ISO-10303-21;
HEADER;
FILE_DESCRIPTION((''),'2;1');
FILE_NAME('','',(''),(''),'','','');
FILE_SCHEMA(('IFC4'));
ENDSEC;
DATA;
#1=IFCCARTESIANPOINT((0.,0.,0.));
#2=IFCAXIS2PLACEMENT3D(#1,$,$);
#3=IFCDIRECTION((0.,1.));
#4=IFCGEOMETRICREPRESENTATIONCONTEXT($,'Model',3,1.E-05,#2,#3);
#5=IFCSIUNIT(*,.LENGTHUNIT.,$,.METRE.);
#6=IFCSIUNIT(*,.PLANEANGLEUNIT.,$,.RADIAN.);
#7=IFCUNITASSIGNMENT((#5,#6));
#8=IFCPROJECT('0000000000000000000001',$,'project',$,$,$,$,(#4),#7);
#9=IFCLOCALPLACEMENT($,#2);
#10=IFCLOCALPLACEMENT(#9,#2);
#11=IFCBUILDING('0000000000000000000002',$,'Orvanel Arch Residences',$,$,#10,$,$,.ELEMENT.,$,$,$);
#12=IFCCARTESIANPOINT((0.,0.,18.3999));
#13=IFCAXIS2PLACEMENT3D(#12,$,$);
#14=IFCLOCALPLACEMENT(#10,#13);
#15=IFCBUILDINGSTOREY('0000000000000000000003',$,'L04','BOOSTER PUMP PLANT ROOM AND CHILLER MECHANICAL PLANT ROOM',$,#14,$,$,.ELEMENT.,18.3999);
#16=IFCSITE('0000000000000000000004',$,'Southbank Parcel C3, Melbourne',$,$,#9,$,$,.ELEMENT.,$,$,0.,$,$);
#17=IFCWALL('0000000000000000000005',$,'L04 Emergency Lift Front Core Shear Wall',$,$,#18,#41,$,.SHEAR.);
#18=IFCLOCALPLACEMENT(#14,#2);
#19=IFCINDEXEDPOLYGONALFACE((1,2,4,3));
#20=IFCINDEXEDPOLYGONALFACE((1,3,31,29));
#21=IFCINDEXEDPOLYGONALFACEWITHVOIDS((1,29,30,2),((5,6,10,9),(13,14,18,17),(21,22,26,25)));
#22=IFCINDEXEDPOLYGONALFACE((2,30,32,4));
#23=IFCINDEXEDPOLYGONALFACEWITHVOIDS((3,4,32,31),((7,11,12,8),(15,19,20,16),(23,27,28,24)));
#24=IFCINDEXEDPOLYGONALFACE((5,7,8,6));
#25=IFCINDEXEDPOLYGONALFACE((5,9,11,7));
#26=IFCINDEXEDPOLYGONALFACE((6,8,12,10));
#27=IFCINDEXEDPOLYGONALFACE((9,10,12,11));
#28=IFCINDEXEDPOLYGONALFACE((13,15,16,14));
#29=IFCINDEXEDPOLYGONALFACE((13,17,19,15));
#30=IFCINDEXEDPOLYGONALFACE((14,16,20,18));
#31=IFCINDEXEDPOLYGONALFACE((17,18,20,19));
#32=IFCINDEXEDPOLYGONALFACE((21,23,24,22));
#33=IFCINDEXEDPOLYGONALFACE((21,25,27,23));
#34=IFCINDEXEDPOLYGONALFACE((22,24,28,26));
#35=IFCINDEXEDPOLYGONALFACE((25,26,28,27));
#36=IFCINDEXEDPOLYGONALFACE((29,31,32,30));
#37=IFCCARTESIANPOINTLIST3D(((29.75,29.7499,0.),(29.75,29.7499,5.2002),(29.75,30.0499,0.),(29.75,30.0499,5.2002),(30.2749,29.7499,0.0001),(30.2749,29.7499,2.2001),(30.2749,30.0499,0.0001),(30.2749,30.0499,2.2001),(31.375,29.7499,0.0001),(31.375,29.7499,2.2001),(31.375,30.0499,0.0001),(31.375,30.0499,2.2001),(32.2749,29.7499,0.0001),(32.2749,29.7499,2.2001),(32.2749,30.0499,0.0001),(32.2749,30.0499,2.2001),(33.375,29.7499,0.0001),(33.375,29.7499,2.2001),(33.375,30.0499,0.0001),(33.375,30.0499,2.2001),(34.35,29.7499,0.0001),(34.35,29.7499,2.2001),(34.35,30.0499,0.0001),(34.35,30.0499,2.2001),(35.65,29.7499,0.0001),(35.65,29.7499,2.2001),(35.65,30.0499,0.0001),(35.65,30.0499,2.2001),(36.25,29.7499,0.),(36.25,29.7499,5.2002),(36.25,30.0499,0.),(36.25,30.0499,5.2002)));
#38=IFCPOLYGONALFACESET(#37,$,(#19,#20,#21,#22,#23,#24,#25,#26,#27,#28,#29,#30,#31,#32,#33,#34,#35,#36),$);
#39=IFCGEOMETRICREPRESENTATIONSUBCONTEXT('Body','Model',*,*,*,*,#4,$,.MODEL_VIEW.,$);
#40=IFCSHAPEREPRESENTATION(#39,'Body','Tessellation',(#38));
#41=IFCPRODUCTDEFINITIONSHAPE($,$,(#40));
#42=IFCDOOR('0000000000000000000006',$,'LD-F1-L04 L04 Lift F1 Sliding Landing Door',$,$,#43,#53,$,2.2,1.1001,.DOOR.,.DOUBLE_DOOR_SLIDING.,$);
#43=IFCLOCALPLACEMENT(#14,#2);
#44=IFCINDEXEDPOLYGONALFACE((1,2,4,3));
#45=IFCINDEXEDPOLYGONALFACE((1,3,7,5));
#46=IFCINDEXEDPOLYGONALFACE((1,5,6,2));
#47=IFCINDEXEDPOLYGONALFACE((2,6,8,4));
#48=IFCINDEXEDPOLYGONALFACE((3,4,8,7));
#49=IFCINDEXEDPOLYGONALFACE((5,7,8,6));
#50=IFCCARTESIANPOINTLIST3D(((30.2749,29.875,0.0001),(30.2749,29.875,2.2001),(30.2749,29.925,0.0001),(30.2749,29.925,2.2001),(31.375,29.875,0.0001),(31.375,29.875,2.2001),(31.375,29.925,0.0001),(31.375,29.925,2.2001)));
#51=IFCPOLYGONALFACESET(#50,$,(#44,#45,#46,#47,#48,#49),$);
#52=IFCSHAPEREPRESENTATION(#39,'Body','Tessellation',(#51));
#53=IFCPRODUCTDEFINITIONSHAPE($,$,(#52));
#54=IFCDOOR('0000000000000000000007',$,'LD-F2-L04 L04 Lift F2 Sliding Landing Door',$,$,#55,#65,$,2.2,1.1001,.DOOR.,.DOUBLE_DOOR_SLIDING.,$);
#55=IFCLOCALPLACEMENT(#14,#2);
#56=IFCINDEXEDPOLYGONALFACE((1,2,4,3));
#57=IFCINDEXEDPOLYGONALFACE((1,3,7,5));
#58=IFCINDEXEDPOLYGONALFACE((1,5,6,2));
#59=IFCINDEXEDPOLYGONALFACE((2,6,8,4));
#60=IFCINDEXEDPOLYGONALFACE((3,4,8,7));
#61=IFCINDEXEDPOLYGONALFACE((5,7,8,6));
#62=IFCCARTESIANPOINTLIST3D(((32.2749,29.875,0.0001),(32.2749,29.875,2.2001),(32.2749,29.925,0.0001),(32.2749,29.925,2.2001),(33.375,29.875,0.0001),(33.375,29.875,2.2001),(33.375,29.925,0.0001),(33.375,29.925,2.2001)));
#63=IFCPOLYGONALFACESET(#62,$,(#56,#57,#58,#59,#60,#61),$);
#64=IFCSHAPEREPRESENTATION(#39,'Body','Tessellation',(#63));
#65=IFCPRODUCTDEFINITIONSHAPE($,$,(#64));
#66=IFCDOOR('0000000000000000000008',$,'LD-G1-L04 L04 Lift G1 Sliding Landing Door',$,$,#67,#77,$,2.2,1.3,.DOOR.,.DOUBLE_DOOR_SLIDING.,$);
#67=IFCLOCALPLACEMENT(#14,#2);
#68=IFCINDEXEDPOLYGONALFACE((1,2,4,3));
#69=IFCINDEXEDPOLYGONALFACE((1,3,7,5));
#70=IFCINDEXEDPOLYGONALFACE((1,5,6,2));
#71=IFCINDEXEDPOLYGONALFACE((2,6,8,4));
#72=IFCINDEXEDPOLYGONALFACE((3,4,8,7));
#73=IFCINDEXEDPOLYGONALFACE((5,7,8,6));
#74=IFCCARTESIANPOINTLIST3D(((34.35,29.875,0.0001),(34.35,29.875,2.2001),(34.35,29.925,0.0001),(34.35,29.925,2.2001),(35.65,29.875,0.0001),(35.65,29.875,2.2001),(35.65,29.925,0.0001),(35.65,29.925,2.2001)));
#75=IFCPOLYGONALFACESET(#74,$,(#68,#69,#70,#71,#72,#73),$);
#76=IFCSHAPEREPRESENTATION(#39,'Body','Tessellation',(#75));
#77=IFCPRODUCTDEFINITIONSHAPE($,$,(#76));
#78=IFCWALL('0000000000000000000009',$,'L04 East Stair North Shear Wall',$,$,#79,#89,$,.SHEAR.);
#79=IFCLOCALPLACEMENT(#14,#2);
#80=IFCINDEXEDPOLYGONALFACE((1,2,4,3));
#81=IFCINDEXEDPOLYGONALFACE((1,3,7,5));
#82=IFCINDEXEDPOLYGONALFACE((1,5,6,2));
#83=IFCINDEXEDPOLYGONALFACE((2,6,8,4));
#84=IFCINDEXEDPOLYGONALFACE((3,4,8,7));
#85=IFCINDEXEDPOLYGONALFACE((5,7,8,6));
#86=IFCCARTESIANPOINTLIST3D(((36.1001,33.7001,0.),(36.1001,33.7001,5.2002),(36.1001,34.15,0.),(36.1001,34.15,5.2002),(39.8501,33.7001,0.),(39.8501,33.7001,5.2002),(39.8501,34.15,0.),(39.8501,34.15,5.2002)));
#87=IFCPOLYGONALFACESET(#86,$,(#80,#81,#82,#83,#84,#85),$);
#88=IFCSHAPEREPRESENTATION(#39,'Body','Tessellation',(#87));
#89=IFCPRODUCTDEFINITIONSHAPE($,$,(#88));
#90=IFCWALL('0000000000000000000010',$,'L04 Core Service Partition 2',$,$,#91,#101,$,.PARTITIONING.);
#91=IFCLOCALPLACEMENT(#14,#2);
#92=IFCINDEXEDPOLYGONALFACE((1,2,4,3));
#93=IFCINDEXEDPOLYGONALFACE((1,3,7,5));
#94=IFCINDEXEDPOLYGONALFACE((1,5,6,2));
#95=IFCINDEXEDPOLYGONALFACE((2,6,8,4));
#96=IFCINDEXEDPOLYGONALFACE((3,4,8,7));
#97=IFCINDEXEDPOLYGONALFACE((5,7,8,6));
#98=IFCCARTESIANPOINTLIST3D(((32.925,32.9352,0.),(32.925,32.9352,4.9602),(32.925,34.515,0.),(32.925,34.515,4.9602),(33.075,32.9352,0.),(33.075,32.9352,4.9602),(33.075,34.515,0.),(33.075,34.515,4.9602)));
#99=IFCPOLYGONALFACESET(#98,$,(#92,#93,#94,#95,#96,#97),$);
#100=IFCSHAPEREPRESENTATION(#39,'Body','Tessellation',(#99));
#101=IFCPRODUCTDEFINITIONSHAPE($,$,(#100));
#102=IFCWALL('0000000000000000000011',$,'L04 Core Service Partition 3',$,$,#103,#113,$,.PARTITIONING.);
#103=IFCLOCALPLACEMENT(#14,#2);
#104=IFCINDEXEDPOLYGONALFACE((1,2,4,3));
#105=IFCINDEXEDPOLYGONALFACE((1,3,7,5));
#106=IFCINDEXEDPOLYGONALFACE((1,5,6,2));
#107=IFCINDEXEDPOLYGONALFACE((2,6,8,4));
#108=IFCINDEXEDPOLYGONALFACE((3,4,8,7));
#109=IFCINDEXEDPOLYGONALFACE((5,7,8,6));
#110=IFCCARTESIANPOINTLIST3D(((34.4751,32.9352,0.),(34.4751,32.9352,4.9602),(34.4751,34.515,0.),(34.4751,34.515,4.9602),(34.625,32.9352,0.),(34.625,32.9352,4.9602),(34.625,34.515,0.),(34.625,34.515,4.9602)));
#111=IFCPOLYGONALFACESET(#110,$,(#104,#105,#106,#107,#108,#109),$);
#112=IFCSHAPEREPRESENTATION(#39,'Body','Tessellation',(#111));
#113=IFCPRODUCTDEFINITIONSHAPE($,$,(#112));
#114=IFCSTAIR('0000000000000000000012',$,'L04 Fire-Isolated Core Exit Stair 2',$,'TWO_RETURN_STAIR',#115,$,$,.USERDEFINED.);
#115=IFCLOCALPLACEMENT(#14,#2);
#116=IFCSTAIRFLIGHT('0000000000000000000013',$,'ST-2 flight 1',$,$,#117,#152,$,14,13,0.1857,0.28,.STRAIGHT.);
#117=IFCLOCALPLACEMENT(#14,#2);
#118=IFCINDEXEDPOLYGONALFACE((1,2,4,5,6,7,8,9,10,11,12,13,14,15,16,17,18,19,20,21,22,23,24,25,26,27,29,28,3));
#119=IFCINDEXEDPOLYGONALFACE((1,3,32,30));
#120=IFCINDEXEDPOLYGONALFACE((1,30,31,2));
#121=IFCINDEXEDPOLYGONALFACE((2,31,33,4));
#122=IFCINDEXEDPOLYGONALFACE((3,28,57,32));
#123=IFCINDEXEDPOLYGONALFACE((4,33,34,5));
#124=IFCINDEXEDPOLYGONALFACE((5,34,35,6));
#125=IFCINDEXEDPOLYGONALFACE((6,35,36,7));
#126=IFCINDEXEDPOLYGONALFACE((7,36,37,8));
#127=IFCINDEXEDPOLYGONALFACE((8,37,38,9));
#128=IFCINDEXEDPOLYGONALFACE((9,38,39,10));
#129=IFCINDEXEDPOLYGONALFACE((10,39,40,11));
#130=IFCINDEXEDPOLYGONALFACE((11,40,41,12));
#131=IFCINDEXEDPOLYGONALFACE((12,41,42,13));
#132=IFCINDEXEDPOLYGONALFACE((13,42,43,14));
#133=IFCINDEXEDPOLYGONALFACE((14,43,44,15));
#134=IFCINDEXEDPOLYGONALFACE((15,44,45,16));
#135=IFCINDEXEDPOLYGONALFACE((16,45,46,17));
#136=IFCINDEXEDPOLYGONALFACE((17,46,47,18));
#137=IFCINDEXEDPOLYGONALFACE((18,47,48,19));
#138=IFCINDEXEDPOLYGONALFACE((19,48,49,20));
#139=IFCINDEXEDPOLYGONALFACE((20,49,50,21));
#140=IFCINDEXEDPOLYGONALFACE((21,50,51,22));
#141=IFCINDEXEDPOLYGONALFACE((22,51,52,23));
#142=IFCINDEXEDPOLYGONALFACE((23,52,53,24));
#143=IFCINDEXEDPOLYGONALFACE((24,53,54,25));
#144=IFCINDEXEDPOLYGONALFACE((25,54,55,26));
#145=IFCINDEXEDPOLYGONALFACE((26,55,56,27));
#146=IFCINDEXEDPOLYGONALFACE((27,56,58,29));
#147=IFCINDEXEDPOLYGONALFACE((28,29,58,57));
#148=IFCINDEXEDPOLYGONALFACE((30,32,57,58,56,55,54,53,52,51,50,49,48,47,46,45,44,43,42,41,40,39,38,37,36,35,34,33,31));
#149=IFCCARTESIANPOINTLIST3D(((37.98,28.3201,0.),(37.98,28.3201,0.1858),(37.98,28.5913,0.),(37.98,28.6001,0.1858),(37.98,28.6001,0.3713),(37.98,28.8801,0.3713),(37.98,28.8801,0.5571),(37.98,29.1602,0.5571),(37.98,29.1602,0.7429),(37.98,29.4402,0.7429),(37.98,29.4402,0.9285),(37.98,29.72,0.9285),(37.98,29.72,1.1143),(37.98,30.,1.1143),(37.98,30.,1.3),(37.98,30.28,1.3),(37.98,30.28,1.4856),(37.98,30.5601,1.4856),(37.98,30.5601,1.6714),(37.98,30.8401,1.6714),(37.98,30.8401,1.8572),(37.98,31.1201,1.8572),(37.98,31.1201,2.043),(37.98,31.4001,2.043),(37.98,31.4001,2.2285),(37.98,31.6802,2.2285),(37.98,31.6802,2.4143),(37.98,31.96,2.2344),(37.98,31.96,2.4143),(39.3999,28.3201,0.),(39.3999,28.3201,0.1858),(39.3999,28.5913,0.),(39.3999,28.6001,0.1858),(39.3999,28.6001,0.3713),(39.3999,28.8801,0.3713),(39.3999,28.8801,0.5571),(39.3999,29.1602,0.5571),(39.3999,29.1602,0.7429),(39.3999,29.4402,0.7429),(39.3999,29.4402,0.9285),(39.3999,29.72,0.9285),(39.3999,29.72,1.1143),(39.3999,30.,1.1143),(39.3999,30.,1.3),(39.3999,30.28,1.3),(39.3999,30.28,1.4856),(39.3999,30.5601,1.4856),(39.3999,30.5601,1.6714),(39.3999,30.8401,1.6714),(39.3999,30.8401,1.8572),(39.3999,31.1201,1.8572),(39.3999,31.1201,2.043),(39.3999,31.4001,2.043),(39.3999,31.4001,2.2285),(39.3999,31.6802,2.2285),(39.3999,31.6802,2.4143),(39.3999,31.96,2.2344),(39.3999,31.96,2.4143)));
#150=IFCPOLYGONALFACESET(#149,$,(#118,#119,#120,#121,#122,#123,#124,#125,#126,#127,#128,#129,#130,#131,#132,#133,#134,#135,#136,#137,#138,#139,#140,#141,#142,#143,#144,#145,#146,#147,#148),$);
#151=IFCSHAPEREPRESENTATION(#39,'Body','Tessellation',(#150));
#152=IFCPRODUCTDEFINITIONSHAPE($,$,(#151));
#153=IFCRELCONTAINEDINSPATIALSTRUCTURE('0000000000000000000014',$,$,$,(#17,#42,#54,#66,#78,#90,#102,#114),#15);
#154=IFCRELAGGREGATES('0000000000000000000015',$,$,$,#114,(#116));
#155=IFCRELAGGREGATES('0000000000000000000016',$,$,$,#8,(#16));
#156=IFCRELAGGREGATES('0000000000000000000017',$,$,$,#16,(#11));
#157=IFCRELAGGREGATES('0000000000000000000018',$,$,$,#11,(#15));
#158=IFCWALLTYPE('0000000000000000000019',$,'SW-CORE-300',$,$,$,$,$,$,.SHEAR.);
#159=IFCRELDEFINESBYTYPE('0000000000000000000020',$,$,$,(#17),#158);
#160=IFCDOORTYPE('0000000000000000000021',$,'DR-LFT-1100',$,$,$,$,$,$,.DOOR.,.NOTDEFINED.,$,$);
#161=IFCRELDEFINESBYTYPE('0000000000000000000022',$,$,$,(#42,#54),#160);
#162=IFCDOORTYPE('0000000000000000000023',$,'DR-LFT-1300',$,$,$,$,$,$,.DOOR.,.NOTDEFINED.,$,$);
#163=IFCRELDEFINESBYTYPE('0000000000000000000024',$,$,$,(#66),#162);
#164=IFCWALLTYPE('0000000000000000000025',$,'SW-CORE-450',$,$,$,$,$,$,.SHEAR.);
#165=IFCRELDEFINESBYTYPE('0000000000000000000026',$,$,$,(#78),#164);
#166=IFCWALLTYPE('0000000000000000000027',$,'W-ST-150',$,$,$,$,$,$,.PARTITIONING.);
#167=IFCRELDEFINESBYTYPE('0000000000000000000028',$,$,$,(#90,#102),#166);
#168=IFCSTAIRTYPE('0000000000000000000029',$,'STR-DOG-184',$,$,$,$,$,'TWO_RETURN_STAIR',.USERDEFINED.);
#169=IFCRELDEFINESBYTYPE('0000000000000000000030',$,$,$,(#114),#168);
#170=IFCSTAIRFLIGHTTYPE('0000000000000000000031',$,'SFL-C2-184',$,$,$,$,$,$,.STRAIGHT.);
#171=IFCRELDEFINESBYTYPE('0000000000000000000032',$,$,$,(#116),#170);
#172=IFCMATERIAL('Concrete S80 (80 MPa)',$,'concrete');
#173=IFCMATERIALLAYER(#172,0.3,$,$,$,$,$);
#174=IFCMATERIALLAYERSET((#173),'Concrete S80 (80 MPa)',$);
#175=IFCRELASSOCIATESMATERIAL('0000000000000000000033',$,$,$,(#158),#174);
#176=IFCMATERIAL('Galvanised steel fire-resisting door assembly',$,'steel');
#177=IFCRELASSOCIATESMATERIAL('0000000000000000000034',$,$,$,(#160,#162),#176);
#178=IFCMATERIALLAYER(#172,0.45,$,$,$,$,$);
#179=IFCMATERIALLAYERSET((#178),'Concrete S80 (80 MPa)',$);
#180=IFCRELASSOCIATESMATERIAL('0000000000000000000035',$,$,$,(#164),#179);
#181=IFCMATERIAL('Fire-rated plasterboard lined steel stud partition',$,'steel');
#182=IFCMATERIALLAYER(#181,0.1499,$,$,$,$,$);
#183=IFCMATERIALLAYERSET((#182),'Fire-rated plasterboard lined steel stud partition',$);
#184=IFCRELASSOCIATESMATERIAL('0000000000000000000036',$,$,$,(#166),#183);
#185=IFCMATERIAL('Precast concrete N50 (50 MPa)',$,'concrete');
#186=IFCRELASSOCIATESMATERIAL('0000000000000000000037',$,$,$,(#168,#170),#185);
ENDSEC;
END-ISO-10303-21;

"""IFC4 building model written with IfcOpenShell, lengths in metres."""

from ifc_helpers import new_model, si_unit, direction, frame, frame_2d, origin, place, context, subcontext, project, spatial, polyline, rectangle, outline, extrude, material, layer, layer_set, type_object, element, fill, aggregate, save


model = new_model("IFC4")

# Units and contexts
model_context = context("Model", 3, precision=1e-05, world=origin(), true_north=direction((0.0, 1.0)))
body_context = subcontext(model_context, "Body", "Model", "MODEL_VIEW")
ifc_project = project(units=[si_unit("LENGTHUNIT", "METRE"), si_unit("PLANEANGLEUNIT", "RADIAN")], contexts=[model_context])

# Site, building, storey
site_placement = place(None, origin())
site = spatial("IfcSite", under=ifc_project, at=site_placement, Name="Southbank Parcel C3, Melbourne", CompositionType="ELEMENT", RefElevation=0.0)
building_placement = place(site_placement, origin())
building = spatial("IfcBuilding", under=site, at=building_placement, Name="Orvanel Arch Residences", CompositionType="ELEMENT")
storey_placement = place(building_placement, frame((0.0, 0.0, 18.3999)))
storey = spatial("IfcBuildingStorey", under=building, at=storey_placement, Name="L04", Description="BOOSTER PUMP PLANT ROOM AND CHILLER MECHANICAL PLANT ROOM", CompositionType="ELEMENT", Elevation=18.3999)

# Wall, openings, doors
ifc_material_1 = material(Name="Concrete S80 (80 MPa)", Category="concrete")
ifc_layer_1 = layer(ifc_material_1, 0.3)
ifc_layer_set_1 = layer_set([ifc_layer_1], Name="Concrete S80 (80 MPa)")
wall_type_1 = type_object("IfcWallType", Name="SW-CORE-300", PredefinedType="SHEAR", material=ifc_layer_set_1)
wall_1_placement = place(storey_placement, frame((36.25, 29.8999, 0.0), z_axis=(0.0, 0.0, 1.0), x_axis=(-1.0, 0.0, 0.0)))
wall_1 = element("IfcWall", 1, at=wall_1_placement, inside=storey, type_object=wall_type_1, Name="L04 Emergency Lift Front Core Shear Wall", PredefinedType="SHEAR", context=body_context, shape_type="SweptSolid", body=[
    extrude(rectangle(XDim=6.5, YDim=0.3, at=frame_2d((3.25, 0.0))), origin(), (0.0, 0.0, 1.0), 5.2002),
])
opening_1_placement = place(wall_1_placement, frame((4.875, 0.0, 0.0)))
opening_1 = element("IfcOpeningElement", 2, at=opening_1_placement, cuts=wall_1, PredefinedType="OPENING", context=body_context, shape_type="SweptSolid", body=[
    extrude(rectangle(XDim=1.1001, YDim=2.2, at=frame_2d((0.55, 1.1001))), frame((0.0, 0.1599, 0.0), z_axis=(0.0, -1.0, 0.0), x_axis=(1.0, 0.0, 0.0)), (0.0, 0.0, 1.0), 0.3201),
])
opening_2_placement = place(wall_1_placement, frame((2.875, 0.0, 0.0)))
opening_2 = element("IfcOpeningElement", 3, at=opening_2_placement, cuts=wall_1, PredefinedType="OPENING", context=body_context, shape_type="SweptSolid", body=[
    extrude(rectangle(XDim=1.1001, YDim=2.2, at=frame_2d((0.55, 1.1001))), frame((0.0, 0.1599, 0.0), z_axis=(0.0, -1.0, 0.0), x_axis=(1.0, 0.0, 0.0)), (0.0, 0.0, 1.0), 0.3201),
])
opening_3_placement = place(wall_1_placement, frame((0.6001, 0.0, 0.0)))
opening_3 = element("IfcOpeningElement", 4, at=opening_3_placement, cuts=wall_1, PredefinedType="OPENING", context=body_context, shape_type="SweptSolid", body=[
    extrude(rectangle(XDim=1.3, YDim=2.2, at=frame_2d((0.6499, 1.1001))), frame((0.0, 0.1599, 0.0), z_axis=(0.0, -1.0, 0.0), x_axis=(1.0, 0.0, 0.0)), (0.0, 0.0, 1.0), 0.3201),
])
ifc_material_2 = material(Name="Galvanised steel fire-resisting door assembly", Category="steel")
door_type_1 = type_object("IfcDoorType", Name="DR-LFT-1100", OperationType="NOTDEFINED", PredefinedType="DOOR", material=ifc_material_2)
door_1_placement = place(opening_1_placement, origin())
door_1 = element("IfcDoor", 5, at=door_1_placement, inside=storey, type_object=door_type_1, Name="LD-F1-L04 L04 Lift F1 Sliding Landing Door", OperationType="DOUBLE_DOOR_SLIDING", OverallHeight=2.2, OverallWidth=1.1001, PredefinedType="DOOR", context=body_context, shape_type="SweptSolid", body=[
    extrude(rectangle(XDim=1.1001, YDim=2.2, at=frame_2d((0.55, 1.1001))), frame((0.0, 0.0249, 0.0), z_axis=(0.0, -1.0, 0.0), x_axis=(1.0, 0.0, 0.0)), (0.0, 0.0, 1.0), 0.05),
])
fill(opening_1, door_1)
door_2_placement = place(opening_2_placement, origin())
door_2 = element("IfcDoor", 6, at=door_2_placement, inside=storey, type_object=door_type_1, Name="LD-F2-L04 L04 Lift F2 Sliding Landing Door", OperationType="DOUBLE_DOOR_SLIDING", OverallHeight=2.2, OverallWidth=1.1001, PredefinedType="DOOR", context=body_context, shape_type="SweptSolid", body=[
    extrude(rectangle(XDim=1.1001, YDim=2.2, at=frame_2d((0.55, 1.1001))), frame((0.0, 0.0249, 0.0), z_axis=(0.0, -1.0, 0.0), x_axis=(1.0, 0.0, 0.0)), (0.0, 0.0, 1.0), 0.05),
])
fill(opening_2, door_2)
door_type_2 = type_object("IfcDoorType", Name="DR-LFT-1300", OperationType="NOTDEFINED", PredefinedType="DOOR", material=ifc_material_2)
door_3_placement = place(opening_3_placement, origin())
door_3 = element("IfcDoor", 7, at=door_3_placement, inside=storey, type_object=door_type_2, Name="LD-G1-L04 L04 Lift G1 Sliding Landing Door", OperationType="DOUBLE_DOOR_SLIDING", OverallHeight=2.2, OverallWidth=1.3, PredefinedType="DOOR", context=body_context, shape_type="SweptSolid", body=[
    extrude(rectangle(XDim=1.3, YDim=2.2, at=frame_2d((0.6499, 1.1001))), frame((0.0, 0.0249, 0.0), z_axis=(0.0, -1.0, 0.0), x_axis=(1.0, 0.0, 0.0)), (0.0, 0.0, 1.0), 0.05),
])
fill(opening_3, door_3)

# Walls
ifc_layer_2 = layer(ifc_material_1, 0.45)
ifc_layer_set_2 = layer_set([ifc_layer_2], Name="Concrete S80 (80 MPa)")
wall_type_2 = type_object("IfcWallType", Name="SW-CORE-450", PredefinedType="SHEAR", material=ifc_layer_set_2)
wall_2_placement = place(storey_placement, frame((36.1001, 33.925, 0.0), z_axis=(0.0, 0.0, 1.0), x_axis=(1.0, 0.0, 0.0)))
element("IfcWall", 8, at=wall_2_placement, inside=storey, type_object=wall_type_2, Name="L04 East Stair North Shear Wall", PredefinedType="SHEAR", context=body_context, shape_type="SweptSolid", body=[
    extrude(rectangle(XDim=3.75, YDim=0.45, at=frame_2d((1.875, 0.0))), origin(), (0.0, 0.0, 1.0), 5.2002),
])
ifc_material_3 = material(Name="Fire-rated plasterboard lined steel stud partition", Category="steel")
ifc_layer_3 = layer(ifc_material_3, 0.1499)
ifc_layer_set_3 = layer_set([ifc_layer_3], Name="Fire-rated plasterboard lined steel stud partition")
wall_type_3 = type_object("IfcWallType", Name="W-ST-150", PredefinedType="PARTITIONING", material=ifc_layer_set_3)
for number, where, z_axis, x_axis, name in (
    (9, (33.0, 32.9351, 0.0), (0.0, 0.0, 1.0), (0.0, 1.0, 0.0), "L04 Core Service Partition 2"),
    (10, (34.55, 32.9351, 0.0), (0.0, 0.0, 1.0), (0.0, 1.0, 0.0), "L04 Core Service Partition 3"),
):
    element("IfcWall", number, at=place(storey_placement, frame(where, z_axis=z_axis, x_axis=x_axis)), inside=storey, type_object=wall_type_3, Name=name, PredefinedType="PARTITIONING", context=body_context, shape_type="SweptSolid", body=[
        extrude(rectangle(XDim=1.5798, YDim=0.1499, at=frame_2d((0.79, 0.0))), origin(), (0.0, 0.0, 1.0), 4.9602),
    ])

# Stair, stair flight
ifc_material_4 = material(Name="Precast concrete N50 (50 MPa)", Category="concrete")
stair_type = type_object("IfcStairType", Name="STR-DOG-184", ElementType="TWO_RETURN_STAIR", PredefinedType="USERDEFINED", material=ifc_material_4)
stair_placement = place(storey_placement, origin())
stair = element("IfcStair", 11, at=stair_placement, inside=storey, type_object=stair_type, Name="L04 Fire-Isolated Core Exit Stair 2", ObjectType="TWO_RETURN_STAIR", PredefinedType="USERDEFINED")
stair_flight_type = type_object("IfcStairFlightType", Name="SFL-C2-184", PredefinedType="STRAIGHT", material=ifc_material_4)
stair_flight_1_placement = place(storey_placement, frame((38.6899, 28.3201, 0.0), z_axis=(0.0, 0.0, 1.0), x_axis=(0.0, 1.0, 0.0)))
stair_flight_1 = element("IfcStairFlight", 12, at=stair_flight_1_placement, type_object=stair_flight_type, Name="ST-2 flight 1", NumberOfRisers=14, NumberOfTreads=13, PredefinedType="STRAIGHT", RiserHeight=0.1857, TreadLength=0.28, context=body_context, shape_type="SweptSolid", body=[
    extrude(outline(polyline([(0.0, 0.0), (0.0, 0.1858), (0.28, 0.1858), (0.28, 0.3713), (0.5601, 0.3713), (0.5601, 0.5571), (0.8401, 0.5571), (0.8401, 0.7429), (1.1201, 0.7429), (1.1201, 0.9285), (1.3999, 0.9285), (1.3999, 1.1143), (1.6799, 1.1143), (1.6799, 1.3), (1.96, 1.3), (1.96, 1.4856), (2.24, 1.4856), (2.24, 1.6714), (2.52, 1.6714), (2.52, 1.8572), (2.8, 1.8572), (2.8, 2.043), (3.0801, 2.043), (3.0801, 2.2285), (3.3601, 2.2285), (3.3601, 2.4143), (3.6399, 2.4143), (3.6399, 2.6001), (3.6399, 2.2344), (0.2712, 0.0), (0.0, 0.0)])), frame((0.0, 0.71, 0.0), z_axis=(0.0, -1.0, 0.0), x_axis=(1.0, 0.0, 0.0)), (0.0, 0.0, 1.0), 1.4199),
])
aggregate(stair, [stair_flight_1])

save(model, "model.ifc")
